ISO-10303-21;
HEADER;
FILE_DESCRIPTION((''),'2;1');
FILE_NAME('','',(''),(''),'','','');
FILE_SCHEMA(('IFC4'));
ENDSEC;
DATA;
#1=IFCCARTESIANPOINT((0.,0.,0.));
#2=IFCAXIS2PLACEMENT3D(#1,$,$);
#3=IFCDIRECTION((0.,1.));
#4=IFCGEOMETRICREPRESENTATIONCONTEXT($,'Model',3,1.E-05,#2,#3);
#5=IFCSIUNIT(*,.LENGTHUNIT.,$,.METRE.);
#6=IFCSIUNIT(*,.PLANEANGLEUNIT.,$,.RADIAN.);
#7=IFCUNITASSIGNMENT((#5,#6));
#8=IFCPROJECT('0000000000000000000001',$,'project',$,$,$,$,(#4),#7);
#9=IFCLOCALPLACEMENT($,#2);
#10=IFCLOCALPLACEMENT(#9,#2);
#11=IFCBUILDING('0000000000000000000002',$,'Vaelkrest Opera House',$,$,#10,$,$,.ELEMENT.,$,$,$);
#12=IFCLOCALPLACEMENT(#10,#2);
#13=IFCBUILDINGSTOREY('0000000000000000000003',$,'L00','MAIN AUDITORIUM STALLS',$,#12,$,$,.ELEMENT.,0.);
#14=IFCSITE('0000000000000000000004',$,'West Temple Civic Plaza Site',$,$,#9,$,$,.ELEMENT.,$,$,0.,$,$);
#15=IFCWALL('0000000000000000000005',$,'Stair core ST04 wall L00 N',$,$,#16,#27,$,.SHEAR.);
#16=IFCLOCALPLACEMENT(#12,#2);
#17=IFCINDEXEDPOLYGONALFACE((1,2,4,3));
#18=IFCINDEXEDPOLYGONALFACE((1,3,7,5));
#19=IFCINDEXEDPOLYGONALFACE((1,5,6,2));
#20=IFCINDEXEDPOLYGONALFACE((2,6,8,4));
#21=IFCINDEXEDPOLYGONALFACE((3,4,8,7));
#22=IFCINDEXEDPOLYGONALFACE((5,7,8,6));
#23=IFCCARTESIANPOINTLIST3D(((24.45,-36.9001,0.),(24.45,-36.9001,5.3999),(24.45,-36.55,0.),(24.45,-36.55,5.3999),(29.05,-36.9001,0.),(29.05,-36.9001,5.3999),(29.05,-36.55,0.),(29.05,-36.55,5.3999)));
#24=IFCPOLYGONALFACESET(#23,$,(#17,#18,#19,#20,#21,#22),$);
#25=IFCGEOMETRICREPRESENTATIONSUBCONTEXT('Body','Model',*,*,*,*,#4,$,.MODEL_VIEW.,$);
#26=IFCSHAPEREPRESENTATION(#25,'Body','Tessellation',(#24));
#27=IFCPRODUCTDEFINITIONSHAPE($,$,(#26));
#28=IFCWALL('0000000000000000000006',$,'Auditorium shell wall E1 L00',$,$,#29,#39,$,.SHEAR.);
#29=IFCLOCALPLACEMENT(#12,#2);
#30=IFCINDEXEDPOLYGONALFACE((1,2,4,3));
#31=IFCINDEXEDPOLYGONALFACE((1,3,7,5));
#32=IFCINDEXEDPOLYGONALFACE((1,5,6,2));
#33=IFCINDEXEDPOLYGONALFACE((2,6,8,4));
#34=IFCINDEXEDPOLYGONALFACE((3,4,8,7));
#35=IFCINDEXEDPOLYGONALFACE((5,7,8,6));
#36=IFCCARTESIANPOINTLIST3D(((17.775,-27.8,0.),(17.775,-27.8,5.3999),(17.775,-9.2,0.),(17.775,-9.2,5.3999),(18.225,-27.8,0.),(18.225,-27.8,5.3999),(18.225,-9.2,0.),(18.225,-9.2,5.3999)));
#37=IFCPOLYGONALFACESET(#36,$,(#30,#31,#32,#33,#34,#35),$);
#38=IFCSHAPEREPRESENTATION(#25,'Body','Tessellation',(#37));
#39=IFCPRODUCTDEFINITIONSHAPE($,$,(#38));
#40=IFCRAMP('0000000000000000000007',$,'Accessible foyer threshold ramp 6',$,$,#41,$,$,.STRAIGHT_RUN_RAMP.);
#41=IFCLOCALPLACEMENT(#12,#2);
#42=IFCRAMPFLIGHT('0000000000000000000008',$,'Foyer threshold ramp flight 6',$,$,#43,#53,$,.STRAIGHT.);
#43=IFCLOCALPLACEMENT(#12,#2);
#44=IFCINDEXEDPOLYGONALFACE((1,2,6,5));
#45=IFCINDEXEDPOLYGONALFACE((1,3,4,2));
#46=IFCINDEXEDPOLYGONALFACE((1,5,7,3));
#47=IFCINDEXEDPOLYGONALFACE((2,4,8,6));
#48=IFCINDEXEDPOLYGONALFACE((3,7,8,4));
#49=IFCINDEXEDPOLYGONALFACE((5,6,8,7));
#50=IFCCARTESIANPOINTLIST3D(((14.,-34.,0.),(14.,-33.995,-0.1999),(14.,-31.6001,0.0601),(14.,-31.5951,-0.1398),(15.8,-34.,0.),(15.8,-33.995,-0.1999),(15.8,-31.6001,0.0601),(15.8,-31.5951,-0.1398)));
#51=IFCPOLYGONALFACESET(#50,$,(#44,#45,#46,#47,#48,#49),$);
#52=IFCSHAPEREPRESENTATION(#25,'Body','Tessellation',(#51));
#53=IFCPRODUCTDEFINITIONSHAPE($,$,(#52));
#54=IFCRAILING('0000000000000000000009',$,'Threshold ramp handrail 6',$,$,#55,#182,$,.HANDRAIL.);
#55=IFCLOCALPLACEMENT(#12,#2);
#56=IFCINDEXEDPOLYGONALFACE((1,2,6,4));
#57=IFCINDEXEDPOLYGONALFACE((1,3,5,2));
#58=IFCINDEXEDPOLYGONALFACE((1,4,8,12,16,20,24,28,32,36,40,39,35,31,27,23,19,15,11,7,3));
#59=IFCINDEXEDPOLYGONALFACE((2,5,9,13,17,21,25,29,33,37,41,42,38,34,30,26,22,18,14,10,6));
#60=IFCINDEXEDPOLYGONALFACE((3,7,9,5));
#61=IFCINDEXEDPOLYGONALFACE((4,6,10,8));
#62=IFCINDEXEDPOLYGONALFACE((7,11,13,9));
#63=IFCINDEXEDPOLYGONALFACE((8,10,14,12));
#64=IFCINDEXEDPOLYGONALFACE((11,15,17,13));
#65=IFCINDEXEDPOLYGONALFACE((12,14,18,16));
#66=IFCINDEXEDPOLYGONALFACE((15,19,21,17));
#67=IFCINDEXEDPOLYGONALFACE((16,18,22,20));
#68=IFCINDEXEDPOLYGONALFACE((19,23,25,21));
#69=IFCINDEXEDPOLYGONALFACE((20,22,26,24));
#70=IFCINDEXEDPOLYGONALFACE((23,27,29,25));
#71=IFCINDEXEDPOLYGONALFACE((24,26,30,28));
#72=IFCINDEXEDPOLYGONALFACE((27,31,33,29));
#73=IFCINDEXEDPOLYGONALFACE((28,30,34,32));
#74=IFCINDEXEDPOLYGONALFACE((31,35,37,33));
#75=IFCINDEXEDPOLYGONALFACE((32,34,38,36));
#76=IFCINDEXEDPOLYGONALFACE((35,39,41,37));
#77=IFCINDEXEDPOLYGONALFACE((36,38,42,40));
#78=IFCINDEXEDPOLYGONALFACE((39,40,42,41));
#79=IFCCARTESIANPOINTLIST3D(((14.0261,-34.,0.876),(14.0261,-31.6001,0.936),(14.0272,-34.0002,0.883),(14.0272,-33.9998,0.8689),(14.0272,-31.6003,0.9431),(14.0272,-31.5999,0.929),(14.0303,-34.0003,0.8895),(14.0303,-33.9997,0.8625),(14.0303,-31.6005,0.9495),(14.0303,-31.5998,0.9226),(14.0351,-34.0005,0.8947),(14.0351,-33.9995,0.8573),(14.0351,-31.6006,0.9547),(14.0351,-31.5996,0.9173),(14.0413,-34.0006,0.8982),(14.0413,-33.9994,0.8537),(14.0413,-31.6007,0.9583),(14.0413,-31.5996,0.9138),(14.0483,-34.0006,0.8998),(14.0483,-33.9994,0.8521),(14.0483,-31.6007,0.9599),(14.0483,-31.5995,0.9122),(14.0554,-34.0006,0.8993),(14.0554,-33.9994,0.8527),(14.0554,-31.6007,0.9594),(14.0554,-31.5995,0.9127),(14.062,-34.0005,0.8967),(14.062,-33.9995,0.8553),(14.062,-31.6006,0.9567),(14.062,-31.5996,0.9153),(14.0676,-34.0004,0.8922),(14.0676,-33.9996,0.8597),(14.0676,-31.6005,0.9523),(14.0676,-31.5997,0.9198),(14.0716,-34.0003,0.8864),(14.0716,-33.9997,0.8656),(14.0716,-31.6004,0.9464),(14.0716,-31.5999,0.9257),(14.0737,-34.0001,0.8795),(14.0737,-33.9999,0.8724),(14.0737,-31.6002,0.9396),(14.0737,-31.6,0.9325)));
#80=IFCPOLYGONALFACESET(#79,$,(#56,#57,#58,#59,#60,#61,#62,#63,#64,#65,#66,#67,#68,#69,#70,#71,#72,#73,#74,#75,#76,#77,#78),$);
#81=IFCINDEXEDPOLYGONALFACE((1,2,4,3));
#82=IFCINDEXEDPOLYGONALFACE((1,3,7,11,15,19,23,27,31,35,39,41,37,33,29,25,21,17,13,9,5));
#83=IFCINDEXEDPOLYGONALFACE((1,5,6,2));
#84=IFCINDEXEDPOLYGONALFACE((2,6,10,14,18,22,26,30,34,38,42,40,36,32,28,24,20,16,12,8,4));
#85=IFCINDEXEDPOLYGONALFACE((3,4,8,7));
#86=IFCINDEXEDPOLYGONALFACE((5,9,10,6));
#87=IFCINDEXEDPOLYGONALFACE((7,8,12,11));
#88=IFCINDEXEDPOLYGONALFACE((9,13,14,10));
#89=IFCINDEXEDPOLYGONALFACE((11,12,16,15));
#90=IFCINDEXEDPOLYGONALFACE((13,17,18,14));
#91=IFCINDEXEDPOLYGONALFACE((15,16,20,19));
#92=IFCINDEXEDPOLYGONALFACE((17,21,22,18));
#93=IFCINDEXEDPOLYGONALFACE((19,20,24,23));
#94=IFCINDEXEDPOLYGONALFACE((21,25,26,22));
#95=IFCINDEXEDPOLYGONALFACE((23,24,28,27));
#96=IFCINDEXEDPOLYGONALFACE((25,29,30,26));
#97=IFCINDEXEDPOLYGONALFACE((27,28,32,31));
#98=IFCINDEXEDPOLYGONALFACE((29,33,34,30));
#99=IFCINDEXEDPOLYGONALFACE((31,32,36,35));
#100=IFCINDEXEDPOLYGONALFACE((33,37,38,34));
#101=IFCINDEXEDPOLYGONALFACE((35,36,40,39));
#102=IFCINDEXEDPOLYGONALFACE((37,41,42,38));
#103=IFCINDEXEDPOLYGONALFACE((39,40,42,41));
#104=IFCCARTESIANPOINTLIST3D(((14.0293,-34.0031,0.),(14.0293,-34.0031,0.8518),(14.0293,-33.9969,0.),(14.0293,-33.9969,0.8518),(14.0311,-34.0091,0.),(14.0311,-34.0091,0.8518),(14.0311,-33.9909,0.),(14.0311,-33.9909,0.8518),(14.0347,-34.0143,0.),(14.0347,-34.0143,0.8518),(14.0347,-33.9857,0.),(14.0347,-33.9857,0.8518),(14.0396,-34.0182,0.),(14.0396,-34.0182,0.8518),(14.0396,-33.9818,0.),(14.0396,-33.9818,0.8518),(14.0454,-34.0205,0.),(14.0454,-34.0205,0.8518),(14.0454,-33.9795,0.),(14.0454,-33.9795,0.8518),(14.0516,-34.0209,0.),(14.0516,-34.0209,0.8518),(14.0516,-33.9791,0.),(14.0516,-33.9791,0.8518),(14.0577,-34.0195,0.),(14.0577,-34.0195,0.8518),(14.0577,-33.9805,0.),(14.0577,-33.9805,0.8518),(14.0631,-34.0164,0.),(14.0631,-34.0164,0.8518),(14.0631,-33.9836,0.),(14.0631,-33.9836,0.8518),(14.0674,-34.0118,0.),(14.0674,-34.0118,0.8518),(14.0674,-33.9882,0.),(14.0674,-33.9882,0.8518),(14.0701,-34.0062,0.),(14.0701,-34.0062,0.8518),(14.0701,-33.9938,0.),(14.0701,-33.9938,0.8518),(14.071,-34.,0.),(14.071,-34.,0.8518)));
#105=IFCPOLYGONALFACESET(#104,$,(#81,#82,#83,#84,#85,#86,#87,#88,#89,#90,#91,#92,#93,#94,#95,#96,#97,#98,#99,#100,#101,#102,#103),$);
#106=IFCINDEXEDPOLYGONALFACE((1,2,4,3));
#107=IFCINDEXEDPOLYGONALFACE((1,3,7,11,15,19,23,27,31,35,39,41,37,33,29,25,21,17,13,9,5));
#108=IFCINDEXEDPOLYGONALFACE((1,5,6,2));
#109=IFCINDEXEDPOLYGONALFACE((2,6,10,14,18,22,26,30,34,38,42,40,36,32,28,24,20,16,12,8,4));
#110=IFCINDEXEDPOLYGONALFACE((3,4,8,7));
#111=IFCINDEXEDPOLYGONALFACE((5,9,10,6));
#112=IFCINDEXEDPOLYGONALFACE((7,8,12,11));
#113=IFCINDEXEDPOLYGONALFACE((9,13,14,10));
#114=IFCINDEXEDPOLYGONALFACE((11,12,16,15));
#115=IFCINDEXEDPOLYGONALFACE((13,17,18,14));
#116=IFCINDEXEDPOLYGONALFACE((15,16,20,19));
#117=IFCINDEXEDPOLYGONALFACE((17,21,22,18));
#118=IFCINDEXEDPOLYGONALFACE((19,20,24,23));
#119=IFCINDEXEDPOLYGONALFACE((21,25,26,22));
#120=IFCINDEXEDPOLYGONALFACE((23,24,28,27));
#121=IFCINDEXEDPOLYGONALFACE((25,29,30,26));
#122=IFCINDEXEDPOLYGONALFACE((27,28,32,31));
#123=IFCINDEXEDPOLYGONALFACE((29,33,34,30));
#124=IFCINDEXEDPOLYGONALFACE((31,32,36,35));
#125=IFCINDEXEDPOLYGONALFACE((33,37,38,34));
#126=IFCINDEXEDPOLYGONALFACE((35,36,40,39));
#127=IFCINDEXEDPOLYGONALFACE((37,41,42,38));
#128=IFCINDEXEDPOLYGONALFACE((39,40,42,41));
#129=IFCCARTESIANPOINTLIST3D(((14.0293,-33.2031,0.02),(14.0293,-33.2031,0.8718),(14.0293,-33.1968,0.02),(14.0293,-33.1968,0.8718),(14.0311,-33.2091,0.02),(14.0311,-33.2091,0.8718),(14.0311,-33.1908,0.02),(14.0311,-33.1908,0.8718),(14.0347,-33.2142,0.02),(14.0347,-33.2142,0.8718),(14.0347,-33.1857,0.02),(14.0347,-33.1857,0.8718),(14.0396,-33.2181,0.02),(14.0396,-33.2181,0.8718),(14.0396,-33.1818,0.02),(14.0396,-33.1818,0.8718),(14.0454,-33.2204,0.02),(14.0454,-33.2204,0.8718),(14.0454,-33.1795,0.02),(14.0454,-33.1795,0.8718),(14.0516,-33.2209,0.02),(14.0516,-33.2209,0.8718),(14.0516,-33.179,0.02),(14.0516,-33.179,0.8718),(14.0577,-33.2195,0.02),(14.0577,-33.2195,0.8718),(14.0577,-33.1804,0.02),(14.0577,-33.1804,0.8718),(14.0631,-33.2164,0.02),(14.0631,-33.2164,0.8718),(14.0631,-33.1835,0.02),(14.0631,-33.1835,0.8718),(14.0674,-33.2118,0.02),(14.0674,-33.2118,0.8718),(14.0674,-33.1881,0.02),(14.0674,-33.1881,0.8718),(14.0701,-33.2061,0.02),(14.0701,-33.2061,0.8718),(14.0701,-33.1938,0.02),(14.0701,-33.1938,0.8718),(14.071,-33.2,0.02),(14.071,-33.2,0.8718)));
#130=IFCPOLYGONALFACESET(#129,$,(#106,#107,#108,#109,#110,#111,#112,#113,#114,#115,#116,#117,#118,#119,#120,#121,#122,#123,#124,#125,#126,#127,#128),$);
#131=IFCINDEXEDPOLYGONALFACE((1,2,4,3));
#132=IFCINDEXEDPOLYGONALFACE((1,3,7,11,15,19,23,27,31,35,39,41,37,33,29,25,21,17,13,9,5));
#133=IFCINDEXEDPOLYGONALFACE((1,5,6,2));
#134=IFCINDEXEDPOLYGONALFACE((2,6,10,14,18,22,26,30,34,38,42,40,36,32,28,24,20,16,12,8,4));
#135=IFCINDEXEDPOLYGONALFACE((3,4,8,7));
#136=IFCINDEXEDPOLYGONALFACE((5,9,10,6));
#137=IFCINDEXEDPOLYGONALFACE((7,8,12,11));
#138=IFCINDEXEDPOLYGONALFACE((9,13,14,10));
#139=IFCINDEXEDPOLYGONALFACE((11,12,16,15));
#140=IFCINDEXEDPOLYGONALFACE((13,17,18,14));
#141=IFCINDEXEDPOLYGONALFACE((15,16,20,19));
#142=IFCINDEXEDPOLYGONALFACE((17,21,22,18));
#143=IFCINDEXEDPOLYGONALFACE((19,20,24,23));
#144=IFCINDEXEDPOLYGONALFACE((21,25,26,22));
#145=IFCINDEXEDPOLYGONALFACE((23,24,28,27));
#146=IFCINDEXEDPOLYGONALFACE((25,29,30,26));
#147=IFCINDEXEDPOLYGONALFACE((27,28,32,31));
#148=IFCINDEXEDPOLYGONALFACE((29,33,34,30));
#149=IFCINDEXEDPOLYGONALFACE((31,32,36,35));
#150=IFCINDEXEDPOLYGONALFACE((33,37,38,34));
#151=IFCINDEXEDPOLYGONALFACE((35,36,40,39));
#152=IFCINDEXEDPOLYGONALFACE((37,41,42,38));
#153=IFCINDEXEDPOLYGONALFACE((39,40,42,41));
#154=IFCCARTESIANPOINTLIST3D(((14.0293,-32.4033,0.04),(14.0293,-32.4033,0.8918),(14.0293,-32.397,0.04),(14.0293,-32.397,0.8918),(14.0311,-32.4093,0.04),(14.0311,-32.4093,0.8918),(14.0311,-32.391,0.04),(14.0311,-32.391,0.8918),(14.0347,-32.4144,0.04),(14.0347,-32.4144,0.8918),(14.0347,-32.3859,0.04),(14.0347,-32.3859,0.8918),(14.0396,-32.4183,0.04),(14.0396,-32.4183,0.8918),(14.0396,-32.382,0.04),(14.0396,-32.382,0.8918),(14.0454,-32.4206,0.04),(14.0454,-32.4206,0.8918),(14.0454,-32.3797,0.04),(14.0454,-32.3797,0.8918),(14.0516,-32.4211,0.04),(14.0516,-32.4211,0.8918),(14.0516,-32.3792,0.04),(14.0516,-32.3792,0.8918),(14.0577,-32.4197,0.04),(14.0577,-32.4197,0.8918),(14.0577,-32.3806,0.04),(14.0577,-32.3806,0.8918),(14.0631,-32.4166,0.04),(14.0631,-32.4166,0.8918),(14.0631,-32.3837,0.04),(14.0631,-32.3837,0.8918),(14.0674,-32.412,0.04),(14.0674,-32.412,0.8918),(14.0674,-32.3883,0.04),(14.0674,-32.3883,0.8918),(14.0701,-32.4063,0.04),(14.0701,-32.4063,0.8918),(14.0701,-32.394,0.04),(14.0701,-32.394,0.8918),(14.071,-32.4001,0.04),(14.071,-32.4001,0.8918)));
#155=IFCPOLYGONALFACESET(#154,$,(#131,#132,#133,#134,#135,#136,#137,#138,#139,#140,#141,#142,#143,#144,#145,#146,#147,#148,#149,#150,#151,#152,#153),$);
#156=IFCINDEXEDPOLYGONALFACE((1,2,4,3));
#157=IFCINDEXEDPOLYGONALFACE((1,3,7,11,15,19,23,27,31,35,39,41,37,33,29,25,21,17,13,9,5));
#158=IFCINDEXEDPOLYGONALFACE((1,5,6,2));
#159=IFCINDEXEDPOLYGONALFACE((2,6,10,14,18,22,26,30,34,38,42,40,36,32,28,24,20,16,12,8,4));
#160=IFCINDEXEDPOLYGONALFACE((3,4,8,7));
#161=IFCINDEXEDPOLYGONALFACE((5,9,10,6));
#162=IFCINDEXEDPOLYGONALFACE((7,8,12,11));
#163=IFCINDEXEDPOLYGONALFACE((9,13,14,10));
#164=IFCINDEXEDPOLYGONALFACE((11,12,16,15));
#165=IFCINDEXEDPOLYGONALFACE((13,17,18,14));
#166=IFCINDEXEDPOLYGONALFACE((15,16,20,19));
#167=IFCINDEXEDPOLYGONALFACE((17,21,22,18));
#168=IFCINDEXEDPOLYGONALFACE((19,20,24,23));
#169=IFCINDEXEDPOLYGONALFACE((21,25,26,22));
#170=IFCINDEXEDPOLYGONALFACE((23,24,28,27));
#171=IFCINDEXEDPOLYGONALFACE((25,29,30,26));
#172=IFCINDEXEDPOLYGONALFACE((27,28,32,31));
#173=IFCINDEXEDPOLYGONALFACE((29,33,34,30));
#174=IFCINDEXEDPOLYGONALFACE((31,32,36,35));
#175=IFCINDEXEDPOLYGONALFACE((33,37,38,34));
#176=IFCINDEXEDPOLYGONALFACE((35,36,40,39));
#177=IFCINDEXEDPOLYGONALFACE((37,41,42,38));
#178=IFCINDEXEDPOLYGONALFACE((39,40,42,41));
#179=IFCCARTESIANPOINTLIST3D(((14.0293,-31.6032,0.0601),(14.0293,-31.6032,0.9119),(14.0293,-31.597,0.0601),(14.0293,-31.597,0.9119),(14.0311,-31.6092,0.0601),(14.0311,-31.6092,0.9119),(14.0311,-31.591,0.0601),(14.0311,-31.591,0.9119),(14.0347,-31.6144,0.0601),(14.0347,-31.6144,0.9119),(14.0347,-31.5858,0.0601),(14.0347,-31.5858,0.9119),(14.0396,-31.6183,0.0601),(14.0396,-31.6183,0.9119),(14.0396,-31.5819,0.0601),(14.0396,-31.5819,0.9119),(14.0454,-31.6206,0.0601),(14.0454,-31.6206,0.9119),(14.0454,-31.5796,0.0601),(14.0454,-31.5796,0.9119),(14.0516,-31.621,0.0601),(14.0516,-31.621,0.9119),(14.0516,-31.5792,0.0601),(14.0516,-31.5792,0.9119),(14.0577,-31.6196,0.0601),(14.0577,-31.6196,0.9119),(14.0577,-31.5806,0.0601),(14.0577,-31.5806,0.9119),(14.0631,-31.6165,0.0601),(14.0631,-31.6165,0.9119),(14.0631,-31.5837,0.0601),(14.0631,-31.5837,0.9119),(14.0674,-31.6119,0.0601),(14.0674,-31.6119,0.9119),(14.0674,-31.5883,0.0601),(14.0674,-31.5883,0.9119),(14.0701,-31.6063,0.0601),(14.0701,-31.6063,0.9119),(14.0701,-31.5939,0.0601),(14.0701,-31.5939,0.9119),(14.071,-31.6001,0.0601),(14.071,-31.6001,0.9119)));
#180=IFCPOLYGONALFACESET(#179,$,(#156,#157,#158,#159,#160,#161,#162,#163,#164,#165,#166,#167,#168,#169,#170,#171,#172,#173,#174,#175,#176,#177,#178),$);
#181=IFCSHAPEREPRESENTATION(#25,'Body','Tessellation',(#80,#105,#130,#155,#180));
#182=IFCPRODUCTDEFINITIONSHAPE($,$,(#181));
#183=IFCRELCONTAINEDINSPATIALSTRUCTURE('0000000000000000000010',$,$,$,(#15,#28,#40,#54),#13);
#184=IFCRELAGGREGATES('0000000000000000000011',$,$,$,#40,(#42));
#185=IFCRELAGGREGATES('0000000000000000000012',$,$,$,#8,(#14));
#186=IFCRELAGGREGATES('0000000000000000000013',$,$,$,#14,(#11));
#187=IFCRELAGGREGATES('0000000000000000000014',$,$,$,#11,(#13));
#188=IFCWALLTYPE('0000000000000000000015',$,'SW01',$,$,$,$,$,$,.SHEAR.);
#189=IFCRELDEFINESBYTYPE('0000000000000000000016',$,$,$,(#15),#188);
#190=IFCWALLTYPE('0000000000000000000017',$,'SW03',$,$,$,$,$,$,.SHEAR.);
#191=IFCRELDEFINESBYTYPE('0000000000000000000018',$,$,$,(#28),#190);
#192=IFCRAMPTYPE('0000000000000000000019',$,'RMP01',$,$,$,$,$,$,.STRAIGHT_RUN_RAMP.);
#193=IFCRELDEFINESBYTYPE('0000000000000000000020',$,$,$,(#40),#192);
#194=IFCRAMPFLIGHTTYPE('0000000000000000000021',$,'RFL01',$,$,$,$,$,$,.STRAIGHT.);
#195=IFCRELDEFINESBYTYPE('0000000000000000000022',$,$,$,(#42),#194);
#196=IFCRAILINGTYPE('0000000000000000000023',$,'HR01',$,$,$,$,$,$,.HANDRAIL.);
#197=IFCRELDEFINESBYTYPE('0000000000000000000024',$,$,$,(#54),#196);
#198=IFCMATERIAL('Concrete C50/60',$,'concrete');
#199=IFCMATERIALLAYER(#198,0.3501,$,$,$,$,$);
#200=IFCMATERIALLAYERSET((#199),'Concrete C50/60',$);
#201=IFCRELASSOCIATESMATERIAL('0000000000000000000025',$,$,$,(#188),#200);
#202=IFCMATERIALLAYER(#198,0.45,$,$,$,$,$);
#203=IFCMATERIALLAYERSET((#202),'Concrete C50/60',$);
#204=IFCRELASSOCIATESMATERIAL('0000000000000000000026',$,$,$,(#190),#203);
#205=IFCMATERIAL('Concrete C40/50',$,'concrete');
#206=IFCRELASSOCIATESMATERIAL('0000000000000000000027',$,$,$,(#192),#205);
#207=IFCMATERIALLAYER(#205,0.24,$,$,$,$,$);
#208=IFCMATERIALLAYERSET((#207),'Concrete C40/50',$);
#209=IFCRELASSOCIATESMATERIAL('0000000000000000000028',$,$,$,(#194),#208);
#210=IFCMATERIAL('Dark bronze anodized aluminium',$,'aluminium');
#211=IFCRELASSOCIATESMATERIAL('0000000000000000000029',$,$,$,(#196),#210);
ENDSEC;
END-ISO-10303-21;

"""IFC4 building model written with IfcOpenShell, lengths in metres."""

from ifc_helpers import new_model, si_unit, direction, frame, frame_2d, origin, origin_2d, place, context, subcontext, project, spatial, polyline, rectangle, circle, outline, extrude, material, layer, layer_set, type_object, element, aggregate, save


model = new_model("IFC4")

# Units and contexts
model_context = context("Model", 3, precision=1e-05, world=origin(), true_north=direction((0.0, 1.0)))
body_context = subcontext(model_context, "Body", "Model", "MODEL_VIEW")
ifc_project = project(units=[si_unit("LENGTHUNIT", "METRE"), si_unit("PLANEANGLEUNIT", "RADIAN")], contexts=[model_context])

# Site, building, storey
site_placement = place(None, origin())
site = spatial("IfcSite", under=ifc_project, at=site_placement, Name="West Temple Civic Plaza Site", CompositionType="ELEMENT", RefElevation=0.0)
building_placement = place(site_placement, origin())
building = spatial("IfcBuilding", under=site, at=building_placement, Name="Vaelkrest Opera House", CompositionType="ELEMENT")
storey_placement = place(building_placement, origin())
storey = spatial("IfcBuildingStorey", under=building, at=storey_placement, Name="L00", Description="MAIN AUDITORIUM STALLS", CompositionType="ELEMENT", Elevation=0.0)

# Shared definitions
ifc_material_1 = material(Name="Concrete C50/60", Category="concrete")

# Shared definitions
ifc_layer_1 = layer(ifc_material_1, 0.3501)
ifc_layer_set_1 = layer_set([ifc_layer_1], Name="Concrete C50/60")
wall_type_1 = type_object("IfcWallType", Name="SW01", PredefinedType="SHEAR", material=ifc_layer_set_1)

# Walls
wall_1_placement = place(storey_placement, frame((24.45, -36.7251, 0.0), z_axis=(0.0, 0.0, 1.0), x_axis=(1.0, 0.0, 0.0)))
element("IfcWall", 1, at=wall_1_placement, inside=storey, type_object=wall_type_1, Name="Stair core ST04 wall L00 N", PredefinedType="SHEAR", context=body_context, shape_type="SweptSolid", body=[
    extrude(rectangle(XDim=4.6001, YDim=0.3501, at=frame_2d((2.3, 0.0))), origin(), (0.0, 0.0, 1.0), 5.3999),
])
ifc_layer_2 = layer(ifc_material_1, 0.45)
ifc_layer_set_2 = layer_set([ifc_layer_2], Name="Concrete C50/60")
wall_type_2 = type_object("IfcWallType", Name="SW03", PredefinedType="SHEAR", material=ifc_layer_set_2)
wall_2_placement = place(storey_placement, frame((18.0, -27.8, 0.0), z_axis=(0.0, 0.0, 1.0), x_axis=(0.0, 1.0, 0.0)))
element("IfcWall", 2, at=wall_2_placement, inside=storey, type_object=wall_type_2, Name="Auditorium shell wall E1 L00", PredefinedType="SHEAR", context=body_context, shape_type="SweptSolid", body=[
    extrude(rectangle(XDim=18.6001, YDim=0.45, at=frame_2d((9.3, 0.0))), origin(), (0.0, 0.0, 1.0), 5.3999),
])

# Ramp, ramp flight
ifc_material_2 = material(Name="Concrete C40/50", Category="concrete")
ramp_type = type_object("IfcRampType", Name="RMP01", PredefinedType="STRAIGHT_RUN_RAMP", material=ifc_material_2)
ramp_placement = place(storey_placement, origin())
ramp = element("IfcRamp", 3, at=ramp_placement, inside=storey, type_object=ramp_type, Name="Accessible foyer threshold ramp 6", PredefinedType="STRAIGHT_RUN_RAMP")
ifc_layer_3 = layer(ifc_material_2, 0.24)
ifc_layer_set_3 = layer_set([ifc_layer_3], Name="Concrete C40/50")
ramp_flight_type = type_object("IfcRampFlightType", Name="RFL01", PredefinedType="STRAIGHT", material=ifc_layer_set_3)
ramp_flight_placement = place(storey_placement, frame((14.0, -34.0, 0.0), z_axis=(0.0, -0.025018, 0.999687), x_axis=(1.0, 0.0, 0.0)))
ramp_flight = element("IfcRampFlight", 4, at=ramp_flight_placement, type_object=ramp_flight_type, Name="Foyer threshold ramp flight 6", PredefinedType="STRAIGHT", context=body_context, shape_type="SweptSolid", body=[
    extrude(outline(polyline([(0.0, 0.0), (1.8, 0.0), (1.8, 2.4007), (0.0, 2.4007), (0.0, 0.0)])), origin(), (0.0, 0.0, -1.0), 0.2),
])
aggregate(ramp, [ramp_flight])

# Railing
ifc_material_3 = material(Name="Dark bronze anodized aluminium", Category="aluminium")
railing_type = type_object("IfcRailingType", Name="HR01", PredefinedType="HANDRAIL", material=ifc_material_3)
railing_placement = place(storey_placement, frame((14.05, -34.0, 0.0)))
element("IfcRailing", 5, at=railing_placement, inside=storey, type_object=railing_type, Name="Threshold ramp handrail 6", PredefinedType="HANDRAIL", context=body_context, shape_type="SweptSolid", body=[
    extrude(circle(Radius=0.0239, at=origin_2d()), frame((0.0, 0.0, 0.876), z_axis=(0.0, 0.999687, 0.025018), x_axis=(-1.0, 0.0, 0.0)), (0.0, 0.0, 1.0), 2.4006),
    extrude(circle(Radius=0.021, at=origin_2d()), origin(), (0.0, 0.0, 1.0), 0.8518),
    extrude(circle(Radius=0.021, at=origin_2d()), frame((0.0, 0.8, 0.02)), (0.0, 0.0, 1.0), 0.8518),
    extrude(circle(Radius=0.021, at=origin_2d()), frame((0.0, 1.5999, 0.04)), (0.0, 0.0, 1.0), 0.8518),
    extrude(circle(Radius=0.021, at=origin_2d()), frame((0.0, 2.3999, 0.0601)), (0.0, 0.0, 1.0), 0.8518),
])

save(model, "model.ifc")
